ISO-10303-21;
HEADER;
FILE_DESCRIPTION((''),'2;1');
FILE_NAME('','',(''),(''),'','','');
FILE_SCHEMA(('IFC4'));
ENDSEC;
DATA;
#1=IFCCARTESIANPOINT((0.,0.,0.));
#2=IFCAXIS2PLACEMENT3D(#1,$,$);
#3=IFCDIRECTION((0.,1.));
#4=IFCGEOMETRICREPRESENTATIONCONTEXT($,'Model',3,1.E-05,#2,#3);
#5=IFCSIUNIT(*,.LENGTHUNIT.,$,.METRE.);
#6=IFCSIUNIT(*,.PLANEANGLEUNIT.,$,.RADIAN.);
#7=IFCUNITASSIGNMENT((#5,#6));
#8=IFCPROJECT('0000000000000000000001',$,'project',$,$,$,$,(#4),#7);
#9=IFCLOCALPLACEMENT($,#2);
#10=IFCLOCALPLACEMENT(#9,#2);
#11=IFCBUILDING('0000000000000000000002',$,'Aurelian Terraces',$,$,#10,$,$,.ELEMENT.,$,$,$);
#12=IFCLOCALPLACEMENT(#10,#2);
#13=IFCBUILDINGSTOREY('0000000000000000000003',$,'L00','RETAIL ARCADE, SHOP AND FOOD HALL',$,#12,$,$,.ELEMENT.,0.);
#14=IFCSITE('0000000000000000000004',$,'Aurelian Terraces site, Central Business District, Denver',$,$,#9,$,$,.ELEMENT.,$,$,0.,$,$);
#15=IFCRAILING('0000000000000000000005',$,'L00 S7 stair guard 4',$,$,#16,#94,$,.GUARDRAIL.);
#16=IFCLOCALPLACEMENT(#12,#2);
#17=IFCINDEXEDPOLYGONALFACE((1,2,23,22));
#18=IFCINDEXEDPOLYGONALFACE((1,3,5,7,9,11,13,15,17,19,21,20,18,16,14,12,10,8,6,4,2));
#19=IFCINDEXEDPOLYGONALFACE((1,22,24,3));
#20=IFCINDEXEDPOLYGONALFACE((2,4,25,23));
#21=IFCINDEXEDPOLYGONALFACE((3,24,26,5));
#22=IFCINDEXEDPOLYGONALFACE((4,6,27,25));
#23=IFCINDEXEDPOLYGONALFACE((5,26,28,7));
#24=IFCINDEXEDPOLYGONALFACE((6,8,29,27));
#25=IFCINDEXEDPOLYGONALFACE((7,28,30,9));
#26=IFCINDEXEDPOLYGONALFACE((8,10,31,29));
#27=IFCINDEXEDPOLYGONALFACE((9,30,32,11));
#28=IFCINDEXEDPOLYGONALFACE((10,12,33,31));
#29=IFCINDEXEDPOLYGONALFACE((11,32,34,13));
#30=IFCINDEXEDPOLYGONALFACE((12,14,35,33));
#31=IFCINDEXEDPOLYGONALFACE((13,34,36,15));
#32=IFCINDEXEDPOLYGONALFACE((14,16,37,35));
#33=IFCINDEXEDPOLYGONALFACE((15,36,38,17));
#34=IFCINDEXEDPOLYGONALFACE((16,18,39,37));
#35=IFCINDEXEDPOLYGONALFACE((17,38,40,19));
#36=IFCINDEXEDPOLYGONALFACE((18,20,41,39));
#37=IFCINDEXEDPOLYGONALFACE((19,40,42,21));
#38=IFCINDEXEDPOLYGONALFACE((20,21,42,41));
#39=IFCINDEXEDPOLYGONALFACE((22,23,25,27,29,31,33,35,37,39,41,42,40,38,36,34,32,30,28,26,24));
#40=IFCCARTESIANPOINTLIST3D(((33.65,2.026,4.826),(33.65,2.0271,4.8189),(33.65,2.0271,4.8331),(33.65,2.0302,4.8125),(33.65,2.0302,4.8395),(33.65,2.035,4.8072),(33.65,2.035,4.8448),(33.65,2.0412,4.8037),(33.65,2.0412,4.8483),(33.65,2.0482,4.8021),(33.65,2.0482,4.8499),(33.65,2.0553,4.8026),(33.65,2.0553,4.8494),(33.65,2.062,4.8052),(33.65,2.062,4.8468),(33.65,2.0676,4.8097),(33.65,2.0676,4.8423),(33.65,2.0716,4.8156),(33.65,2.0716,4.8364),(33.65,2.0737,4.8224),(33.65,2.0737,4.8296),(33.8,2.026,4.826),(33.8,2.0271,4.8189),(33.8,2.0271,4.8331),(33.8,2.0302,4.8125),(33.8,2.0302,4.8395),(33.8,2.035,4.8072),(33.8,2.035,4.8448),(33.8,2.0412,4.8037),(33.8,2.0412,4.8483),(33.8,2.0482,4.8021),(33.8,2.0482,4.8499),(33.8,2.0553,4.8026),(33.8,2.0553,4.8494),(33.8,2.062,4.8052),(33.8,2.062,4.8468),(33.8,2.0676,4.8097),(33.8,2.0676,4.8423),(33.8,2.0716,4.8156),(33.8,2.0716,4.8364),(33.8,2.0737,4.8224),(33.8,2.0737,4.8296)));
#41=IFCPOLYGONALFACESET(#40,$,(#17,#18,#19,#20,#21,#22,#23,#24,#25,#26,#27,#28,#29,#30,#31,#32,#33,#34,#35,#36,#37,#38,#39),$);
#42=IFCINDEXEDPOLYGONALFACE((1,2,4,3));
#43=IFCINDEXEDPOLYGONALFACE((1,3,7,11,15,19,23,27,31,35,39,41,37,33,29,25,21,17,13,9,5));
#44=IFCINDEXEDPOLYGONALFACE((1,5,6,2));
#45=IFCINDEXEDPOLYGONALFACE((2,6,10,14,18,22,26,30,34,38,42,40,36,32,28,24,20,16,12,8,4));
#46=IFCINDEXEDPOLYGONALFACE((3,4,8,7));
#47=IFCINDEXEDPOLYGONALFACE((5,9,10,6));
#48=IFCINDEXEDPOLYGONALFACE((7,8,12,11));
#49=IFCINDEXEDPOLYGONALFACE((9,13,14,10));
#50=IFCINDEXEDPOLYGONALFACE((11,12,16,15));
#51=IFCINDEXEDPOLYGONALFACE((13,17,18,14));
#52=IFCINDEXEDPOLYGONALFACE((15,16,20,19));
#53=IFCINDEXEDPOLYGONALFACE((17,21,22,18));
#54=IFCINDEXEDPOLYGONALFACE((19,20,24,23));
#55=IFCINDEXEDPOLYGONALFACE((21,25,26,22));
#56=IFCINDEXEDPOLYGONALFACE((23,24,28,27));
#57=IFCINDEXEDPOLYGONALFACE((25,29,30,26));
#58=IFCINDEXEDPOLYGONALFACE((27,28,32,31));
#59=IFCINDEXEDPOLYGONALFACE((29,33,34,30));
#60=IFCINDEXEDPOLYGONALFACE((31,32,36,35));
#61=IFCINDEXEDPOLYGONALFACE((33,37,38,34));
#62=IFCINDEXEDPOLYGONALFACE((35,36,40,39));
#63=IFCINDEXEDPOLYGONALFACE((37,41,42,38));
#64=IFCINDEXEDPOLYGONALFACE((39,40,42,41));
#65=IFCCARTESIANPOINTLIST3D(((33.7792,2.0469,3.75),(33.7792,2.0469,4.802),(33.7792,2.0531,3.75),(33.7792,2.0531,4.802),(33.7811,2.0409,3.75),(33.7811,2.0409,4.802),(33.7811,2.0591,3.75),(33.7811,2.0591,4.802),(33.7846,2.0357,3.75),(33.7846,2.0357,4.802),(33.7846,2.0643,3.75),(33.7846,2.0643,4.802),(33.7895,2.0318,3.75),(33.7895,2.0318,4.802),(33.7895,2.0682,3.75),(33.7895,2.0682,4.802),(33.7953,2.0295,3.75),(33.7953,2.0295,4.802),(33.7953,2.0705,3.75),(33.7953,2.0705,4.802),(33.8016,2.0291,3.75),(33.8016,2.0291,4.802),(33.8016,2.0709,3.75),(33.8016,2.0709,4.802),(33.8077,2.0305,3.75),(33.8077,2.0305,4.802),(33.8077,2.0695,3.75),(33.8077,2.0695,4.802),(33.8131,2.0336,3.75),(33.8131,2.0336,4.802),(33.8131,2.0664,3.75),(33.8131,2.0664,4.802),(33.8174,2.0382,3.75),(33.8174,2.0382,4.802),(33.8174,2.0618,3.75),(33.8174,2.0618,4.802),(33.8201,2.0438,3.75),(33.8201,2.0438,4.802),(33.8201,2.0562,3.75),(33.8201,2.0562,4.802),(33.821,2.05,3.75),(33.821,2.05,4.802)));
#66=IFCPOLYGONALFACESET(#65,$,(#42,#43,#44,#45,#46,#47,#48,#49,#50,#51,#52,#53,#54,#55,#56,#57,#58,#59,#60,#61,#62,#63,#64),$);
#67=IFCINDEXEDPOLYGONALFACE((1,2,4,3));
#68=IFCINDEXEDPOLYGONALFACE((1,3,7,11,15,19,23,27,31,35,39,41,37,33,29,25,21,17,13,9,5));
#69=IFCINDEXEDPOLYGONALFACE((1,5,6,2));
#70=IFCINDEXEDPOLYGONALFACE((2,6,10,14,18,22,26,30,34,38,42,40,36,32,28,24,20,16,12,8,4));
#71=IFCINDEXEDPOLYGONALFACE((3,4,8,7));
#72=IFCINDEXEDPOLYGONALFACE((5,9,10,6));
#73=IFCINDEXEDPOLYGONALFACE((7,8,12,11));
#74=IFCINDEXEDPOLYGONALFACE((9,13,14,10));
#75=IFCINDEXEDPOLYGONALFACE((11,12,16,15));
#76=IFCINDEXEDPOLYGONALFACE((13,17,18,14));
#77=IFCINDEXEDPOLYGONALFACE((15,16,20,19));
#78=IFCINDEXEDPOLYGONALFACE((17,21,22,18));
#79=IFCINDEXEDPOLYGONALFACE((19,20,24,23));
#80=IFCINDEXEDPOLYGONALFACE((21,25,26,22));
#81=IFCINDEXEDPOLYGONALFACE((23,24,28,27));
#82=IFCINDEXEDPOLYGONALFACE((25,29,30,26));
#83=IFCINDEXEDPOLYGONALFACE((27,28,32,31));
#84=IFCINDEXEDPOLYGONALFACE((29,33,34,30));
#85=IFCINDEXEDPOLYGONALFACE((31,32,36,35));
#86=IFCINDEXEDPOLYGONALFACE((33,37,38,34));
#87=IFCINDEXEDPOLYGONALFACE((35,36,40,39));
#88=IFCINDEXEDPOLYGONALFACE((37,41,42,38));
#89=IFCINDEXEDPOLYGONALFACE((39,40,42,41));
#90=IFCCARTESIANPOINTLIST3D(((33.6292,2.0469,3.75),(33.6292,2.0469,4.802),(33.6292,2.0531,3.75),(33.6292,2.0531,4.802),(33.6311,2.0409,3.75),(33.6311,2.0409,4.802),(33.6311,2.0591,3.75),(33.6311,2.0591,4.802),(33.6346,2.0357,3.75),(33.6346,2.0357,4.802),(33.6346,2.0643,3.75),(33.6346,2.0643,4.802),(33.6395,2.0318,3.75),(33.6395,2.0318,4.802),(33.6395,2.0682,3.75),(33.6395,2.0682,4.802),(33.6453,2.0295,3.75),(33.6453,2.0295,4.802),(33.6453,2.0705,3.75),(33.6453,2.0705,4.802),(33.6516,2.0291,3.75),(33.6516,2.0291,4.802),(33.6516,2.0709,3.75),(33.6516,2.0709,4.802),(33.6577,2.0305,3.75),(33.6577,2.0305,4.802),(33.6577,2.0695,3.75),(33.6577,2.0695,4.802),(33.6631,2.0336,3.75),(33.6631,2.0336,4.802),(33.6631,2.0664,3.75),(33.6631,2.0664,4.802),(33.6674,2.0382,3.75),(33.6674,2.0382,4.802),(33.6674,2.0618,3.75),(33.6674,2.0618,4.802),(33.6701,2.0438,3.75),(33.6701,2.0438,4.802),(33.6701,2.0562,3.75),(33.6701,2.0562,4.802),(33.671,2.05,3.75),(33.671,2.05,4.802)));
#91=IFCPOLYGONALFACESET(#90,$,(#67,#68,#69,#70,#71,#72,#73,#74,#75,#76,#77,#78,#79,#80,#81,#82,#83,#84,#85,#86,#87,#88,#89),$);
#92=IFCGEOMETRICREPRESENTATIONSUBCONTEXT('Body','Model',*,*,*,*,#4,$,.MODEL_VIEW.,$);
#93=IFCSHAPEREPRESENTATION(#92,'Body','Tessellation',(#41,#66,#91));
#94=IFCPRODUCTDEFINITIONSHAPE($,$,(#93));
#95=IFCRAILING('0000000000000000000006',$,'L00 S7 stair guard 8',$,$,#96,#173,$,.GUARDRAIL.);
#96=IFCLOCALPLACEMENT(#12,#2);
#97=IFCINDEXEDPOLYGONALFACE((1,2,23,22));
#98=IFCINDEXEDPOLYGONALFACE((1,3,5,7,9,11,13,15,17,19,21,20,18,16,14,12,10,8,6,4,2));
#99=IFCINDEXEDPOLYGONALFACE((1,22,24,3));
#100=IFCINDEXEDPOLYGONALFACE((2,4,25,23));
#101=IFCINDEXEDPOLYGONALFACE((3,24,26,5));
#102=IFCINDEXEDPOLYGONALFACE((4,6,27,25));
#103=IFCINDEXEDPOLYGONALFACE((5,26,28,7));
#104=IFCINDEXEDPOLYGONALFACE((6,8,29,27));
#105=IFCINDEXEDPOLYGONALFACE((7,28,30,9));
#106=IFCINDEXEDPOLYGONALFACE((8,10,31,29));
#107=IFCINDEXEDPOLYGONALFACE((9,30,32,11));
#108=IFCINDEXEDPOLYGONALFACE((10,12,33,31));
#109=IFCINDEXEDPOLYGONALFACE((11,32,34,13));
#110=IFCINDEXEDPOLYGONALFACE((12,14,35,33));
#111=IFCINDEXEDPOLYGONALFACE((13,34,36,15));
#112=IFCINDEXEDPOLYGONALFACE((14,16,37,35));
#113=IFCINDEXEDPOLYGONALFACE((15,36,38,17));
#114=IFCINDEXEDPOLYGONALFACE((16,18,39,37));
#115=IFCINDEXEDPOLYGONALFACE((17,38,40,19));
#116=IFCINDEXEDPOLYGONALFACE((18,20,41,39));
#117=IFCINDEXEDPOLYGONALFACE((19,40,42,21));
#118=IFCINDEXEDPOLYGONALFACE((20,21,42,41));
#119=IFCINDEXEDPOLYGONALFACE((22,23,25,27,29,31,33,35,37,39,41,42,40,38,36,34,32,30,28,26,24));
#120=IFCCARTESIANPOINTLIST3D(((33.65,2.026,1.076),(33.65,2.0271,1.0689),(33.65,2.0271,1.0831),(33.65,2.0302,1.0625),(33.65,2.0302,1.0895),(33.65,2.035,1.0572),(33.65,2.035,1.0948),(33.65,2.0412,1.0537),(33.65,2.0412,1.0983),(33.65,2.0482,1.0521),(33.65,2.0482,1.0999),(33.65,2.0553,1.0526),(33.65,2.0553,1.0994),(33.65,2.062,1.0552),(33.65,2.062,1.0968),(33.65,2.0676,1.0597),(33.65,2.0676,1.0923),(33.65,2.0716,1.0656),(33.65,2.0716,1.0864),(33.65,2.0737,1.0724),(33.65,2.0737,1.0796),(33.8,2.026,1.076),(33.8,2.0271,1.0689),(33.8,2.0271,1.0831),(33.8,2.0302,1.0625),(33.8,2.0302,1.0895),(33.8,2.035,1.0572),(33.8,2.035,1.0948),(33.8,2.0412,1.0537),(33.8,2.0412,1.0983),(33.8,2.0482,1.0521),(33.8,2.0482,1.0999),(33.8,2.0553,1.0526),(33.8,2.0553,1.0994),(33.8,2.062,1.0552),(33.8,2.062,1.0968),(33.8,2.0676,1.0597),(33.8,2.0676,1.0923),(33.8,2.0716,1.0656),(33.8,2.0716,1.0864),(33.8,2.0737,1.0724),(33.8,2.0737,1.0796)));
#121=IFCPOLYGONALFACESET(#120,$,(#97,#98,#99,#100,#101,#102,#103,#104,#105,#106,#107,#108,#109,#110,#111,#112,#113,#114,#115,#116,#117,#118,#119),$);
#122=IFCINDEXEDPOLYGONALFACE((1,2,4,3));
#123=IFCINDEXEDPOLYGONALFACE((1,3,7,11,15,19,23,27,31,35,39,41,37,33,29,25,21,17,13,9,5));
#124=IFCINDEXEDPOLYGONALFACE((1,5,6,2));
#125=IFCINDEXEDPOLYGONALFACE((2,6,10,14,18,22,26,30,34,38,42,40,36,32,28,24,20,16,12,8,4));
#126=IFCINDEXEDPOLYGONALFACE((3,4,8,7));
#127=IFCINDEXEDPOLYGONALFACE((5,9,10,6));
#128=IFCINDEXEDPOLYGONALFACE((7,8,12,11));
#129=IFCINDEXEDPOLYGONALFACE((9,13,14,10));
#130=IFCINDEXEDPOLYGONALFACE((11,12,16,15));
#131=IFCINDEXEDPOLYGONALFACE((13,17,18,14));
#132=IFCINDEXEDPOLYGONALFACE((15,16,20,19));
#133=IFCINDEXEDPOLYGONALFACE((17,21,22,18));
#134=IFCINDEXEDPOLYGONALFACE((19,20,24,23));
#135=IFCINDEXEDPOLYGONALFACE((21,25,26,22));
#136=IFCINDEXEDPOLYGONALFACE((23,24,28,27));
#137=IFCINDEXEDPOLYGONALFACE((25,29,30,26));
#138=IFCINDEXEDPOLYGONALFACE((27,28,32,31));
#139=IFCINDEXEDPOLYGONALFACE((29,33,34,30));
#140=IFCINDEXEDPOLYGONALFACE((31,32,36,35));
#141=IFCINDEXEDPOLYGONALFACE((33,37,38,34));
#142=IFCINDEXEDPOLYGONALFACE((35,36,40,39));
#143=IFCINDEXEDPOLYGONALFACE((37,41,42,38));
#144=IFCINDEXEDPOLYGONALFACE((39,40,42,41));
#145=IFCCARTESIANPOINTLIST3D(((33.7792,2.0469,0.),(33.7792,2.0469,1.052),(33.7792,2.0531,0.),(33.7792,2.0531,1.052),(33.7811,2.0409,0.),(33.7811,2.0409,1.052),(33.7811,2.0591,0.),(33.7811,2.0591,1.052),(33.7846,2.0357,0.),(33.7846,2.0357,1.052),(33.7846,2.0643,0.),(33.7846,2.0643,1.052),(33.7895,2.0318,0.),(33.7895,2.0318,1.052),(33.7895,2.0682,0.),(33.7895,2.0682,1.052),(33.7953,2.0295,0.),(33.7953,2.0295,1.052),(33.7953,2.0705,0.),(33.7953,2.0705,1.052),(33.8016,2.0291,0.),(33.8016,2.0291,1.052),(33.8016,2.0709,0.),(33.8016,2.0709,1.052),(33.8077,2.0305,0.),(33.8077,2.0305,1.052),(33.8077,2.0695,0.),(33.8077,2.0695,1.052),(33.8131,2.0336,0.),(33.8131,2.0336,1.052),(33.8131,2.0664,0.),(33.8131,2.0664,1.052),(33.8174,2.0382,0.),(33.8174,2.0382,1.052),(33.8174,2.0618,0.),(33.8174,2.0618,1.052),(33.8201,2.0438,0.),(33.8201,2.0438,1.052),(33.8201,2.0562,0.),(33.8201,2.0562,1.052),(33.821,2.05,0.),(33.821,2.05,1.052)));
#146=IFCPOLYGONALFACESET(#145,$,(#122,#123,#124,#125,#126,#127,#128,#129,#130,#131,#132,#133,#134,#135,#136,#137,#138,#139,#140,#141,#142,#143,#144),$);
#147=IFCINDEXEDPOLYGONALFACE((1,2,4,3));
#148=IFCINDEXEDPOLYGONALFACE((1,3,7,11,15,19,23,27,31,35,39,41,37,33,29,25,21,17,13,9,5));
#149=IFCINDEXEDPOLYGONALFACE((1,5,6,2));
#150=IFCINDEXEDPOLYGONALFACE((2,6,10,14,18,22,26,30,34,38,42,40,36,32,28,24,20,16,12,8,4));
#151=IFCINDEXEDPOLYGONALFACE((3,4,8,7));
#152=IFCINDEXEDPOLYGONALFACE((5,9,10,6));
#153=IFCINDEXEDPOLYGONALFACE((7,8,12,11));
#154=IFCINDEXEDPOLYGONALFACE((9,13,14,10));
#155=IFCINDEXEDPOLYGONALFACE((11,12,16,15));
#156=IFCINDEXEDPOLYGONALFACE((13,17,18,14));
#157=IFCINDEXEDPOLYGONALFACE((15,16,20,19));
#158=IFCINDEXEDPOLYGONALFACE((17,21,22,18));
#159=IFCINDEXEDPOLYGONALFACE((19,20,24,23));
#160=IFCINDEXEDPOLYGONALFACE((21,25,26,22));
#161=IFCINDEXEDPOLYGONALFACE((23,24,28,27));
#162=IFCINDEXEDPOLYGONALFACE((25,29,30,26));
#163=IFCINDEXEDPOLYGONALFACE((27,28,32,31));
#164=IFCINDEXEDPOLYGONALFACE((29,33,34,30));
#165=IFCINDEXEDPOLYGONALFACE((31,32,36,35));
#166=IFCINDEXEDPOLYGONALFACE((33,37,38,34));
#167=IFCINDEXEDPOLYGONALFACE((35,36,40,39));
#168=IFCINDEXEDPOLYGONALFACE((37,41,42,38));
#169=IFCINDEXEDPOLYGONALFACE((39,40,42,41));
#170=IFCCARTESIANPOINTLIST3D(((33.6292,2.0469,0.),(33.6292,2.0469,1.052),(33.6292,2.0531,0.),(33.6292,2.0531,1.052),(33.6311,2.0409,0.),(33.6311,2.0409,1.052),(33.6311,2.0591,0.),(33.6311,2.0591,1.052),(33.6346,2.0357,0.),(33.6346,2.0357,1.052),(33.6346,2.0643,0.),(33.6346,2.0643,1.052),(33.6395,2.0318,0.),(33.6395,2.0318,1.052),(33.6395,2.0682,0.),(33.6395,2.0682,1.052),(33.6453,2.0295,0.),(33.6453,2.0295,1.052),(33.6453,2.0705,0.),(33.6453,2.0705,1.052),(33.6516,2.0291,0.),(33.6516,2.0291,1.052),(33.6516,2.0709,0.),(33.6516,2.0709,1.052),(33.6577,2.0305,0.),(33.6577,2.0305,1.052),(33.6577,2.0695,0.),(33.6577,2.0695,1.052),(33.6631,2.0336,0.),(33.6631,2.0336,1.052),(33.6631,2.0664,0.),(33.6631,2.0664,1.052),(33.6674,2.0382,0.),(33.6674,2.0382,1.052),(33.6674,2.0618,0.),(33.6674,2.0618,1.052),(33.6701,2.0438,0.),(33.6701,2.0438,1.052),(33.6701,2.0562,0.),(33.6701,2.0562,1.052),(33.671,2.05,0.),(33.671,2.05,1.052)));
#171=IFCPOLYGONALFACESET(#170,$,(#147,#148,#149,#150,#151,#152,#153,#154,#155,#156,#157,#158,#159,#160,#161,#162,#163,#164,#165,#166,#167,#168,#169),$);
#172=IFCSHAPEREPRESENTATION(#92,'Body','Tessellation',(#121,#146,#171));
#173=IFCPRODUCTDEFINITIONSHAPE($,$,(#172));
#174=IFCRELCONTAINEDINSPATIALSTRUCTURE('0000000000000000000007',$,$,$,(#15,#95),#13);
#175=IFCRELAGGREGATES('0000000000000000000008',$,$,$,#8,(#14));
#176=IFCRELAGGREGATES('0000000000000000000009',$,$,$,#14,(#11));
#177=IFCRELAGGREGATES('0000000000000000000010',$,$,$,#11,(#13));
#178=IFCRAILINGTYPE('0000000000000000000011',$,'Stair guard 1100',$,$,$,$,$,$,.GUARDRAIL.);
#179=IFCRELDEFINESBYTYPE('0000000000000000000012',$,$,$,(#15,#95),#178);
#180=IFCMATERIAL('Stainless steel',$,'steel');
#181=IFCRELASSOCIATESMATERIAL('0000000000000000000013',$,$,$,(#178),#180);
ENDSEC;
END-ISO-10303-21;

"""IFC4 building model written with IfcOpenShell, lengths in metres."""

from ifc_helpers import new_model, si_unit, direction, frame, origin, origin_2d, place, context, subcontext, project, spatial, circle, extrude, source, transform, mapped, material, type_object, element, save


model = new_model("IFC4")

# Units and contexts
model_context = context("Model", 3, precision=1e-05, world=origin(), true_north=direction((0.0, 1.0)))
body_context = subcontext(model_context, "Body", "Model", "MODEL_VIEW")
ifc_project = project(units=[si_unit("LENGTHUNIT", "METRE"), si_unit("PLANEANGLEUNIT", "RADIAN")], contexts=[model_context])

# Site, building, storey
site_placement = place(None, origin())
site = spatial("IfcSite", under=ifc_project, at=site_placement, Name="Aurelian Terraces site, Central Business District, Denver", CompositionType="ELEMENT", RefElevation=0.0)
building_placement = place(site_placement, origin())
building = spatial("IfcBuilding", under=site, at=building_placement, Name="Aurelian Terraces", CompositionType="ELEMENT")
storey_placement = place(building_placement, origin())
storey = spatial("IfcBuildingStorey", under=building, at=storey_placement, Name="L00", Description="RETAIL ARCADE, SHOP AND FOOD HALL", CompositionType="ELEMENT", Elevation=0.0)

# Railings
ifc_material_1 = material(Name="Stainless steel", Category="steel")
railing_type = type_object("IfcRailingType", Name="Stair guard 1100", PredefinedType="GUARDRAIL", material=ifc_material_1)
shared_shape_1 = source(origin(), body_context, "Body", "SweptSolid", [
    extrude(circle(Radius=0.024, at=origin_2d()), frame((0.0, 0.0, 1.076), z_axis=(-1.0, 0.0, 0.0), x_axis=(0.0, -1.0, 0.0)), (0.0, 0.0, 1.0), 0.15),
    extrude(circle(Radius=0.021, at=origin_2d()), origin(), (0.0, 0.0, 1.0), 1.052),
    extrude(circle(Radius=0.021, at=origin_2d()), frame((-0.15, 0.0, 0.0)), (0.0, 0.0, 1.0), 1.052),
])
for number, where, name in (
    (1, (33.8, 2.05, 3.75), "L00 S7 stair guard 4"),
    (2, (33.8, 2.05, 0.0), "L00 S7 stair guard 8"),
):
    element("IfcRailing", number, at=place(storey_placement, frame(where)), inside=storey, type_object=railing_type, Name=name, PredefinedType="GUARDRAIL", context=body_context, shape_type="MappedRepresentation", body=[
        mapped(shared_shape_1, transform((0.0, 0.0, 0.0), scale=1.0)),
    ])

save(model, "model.ifc")
